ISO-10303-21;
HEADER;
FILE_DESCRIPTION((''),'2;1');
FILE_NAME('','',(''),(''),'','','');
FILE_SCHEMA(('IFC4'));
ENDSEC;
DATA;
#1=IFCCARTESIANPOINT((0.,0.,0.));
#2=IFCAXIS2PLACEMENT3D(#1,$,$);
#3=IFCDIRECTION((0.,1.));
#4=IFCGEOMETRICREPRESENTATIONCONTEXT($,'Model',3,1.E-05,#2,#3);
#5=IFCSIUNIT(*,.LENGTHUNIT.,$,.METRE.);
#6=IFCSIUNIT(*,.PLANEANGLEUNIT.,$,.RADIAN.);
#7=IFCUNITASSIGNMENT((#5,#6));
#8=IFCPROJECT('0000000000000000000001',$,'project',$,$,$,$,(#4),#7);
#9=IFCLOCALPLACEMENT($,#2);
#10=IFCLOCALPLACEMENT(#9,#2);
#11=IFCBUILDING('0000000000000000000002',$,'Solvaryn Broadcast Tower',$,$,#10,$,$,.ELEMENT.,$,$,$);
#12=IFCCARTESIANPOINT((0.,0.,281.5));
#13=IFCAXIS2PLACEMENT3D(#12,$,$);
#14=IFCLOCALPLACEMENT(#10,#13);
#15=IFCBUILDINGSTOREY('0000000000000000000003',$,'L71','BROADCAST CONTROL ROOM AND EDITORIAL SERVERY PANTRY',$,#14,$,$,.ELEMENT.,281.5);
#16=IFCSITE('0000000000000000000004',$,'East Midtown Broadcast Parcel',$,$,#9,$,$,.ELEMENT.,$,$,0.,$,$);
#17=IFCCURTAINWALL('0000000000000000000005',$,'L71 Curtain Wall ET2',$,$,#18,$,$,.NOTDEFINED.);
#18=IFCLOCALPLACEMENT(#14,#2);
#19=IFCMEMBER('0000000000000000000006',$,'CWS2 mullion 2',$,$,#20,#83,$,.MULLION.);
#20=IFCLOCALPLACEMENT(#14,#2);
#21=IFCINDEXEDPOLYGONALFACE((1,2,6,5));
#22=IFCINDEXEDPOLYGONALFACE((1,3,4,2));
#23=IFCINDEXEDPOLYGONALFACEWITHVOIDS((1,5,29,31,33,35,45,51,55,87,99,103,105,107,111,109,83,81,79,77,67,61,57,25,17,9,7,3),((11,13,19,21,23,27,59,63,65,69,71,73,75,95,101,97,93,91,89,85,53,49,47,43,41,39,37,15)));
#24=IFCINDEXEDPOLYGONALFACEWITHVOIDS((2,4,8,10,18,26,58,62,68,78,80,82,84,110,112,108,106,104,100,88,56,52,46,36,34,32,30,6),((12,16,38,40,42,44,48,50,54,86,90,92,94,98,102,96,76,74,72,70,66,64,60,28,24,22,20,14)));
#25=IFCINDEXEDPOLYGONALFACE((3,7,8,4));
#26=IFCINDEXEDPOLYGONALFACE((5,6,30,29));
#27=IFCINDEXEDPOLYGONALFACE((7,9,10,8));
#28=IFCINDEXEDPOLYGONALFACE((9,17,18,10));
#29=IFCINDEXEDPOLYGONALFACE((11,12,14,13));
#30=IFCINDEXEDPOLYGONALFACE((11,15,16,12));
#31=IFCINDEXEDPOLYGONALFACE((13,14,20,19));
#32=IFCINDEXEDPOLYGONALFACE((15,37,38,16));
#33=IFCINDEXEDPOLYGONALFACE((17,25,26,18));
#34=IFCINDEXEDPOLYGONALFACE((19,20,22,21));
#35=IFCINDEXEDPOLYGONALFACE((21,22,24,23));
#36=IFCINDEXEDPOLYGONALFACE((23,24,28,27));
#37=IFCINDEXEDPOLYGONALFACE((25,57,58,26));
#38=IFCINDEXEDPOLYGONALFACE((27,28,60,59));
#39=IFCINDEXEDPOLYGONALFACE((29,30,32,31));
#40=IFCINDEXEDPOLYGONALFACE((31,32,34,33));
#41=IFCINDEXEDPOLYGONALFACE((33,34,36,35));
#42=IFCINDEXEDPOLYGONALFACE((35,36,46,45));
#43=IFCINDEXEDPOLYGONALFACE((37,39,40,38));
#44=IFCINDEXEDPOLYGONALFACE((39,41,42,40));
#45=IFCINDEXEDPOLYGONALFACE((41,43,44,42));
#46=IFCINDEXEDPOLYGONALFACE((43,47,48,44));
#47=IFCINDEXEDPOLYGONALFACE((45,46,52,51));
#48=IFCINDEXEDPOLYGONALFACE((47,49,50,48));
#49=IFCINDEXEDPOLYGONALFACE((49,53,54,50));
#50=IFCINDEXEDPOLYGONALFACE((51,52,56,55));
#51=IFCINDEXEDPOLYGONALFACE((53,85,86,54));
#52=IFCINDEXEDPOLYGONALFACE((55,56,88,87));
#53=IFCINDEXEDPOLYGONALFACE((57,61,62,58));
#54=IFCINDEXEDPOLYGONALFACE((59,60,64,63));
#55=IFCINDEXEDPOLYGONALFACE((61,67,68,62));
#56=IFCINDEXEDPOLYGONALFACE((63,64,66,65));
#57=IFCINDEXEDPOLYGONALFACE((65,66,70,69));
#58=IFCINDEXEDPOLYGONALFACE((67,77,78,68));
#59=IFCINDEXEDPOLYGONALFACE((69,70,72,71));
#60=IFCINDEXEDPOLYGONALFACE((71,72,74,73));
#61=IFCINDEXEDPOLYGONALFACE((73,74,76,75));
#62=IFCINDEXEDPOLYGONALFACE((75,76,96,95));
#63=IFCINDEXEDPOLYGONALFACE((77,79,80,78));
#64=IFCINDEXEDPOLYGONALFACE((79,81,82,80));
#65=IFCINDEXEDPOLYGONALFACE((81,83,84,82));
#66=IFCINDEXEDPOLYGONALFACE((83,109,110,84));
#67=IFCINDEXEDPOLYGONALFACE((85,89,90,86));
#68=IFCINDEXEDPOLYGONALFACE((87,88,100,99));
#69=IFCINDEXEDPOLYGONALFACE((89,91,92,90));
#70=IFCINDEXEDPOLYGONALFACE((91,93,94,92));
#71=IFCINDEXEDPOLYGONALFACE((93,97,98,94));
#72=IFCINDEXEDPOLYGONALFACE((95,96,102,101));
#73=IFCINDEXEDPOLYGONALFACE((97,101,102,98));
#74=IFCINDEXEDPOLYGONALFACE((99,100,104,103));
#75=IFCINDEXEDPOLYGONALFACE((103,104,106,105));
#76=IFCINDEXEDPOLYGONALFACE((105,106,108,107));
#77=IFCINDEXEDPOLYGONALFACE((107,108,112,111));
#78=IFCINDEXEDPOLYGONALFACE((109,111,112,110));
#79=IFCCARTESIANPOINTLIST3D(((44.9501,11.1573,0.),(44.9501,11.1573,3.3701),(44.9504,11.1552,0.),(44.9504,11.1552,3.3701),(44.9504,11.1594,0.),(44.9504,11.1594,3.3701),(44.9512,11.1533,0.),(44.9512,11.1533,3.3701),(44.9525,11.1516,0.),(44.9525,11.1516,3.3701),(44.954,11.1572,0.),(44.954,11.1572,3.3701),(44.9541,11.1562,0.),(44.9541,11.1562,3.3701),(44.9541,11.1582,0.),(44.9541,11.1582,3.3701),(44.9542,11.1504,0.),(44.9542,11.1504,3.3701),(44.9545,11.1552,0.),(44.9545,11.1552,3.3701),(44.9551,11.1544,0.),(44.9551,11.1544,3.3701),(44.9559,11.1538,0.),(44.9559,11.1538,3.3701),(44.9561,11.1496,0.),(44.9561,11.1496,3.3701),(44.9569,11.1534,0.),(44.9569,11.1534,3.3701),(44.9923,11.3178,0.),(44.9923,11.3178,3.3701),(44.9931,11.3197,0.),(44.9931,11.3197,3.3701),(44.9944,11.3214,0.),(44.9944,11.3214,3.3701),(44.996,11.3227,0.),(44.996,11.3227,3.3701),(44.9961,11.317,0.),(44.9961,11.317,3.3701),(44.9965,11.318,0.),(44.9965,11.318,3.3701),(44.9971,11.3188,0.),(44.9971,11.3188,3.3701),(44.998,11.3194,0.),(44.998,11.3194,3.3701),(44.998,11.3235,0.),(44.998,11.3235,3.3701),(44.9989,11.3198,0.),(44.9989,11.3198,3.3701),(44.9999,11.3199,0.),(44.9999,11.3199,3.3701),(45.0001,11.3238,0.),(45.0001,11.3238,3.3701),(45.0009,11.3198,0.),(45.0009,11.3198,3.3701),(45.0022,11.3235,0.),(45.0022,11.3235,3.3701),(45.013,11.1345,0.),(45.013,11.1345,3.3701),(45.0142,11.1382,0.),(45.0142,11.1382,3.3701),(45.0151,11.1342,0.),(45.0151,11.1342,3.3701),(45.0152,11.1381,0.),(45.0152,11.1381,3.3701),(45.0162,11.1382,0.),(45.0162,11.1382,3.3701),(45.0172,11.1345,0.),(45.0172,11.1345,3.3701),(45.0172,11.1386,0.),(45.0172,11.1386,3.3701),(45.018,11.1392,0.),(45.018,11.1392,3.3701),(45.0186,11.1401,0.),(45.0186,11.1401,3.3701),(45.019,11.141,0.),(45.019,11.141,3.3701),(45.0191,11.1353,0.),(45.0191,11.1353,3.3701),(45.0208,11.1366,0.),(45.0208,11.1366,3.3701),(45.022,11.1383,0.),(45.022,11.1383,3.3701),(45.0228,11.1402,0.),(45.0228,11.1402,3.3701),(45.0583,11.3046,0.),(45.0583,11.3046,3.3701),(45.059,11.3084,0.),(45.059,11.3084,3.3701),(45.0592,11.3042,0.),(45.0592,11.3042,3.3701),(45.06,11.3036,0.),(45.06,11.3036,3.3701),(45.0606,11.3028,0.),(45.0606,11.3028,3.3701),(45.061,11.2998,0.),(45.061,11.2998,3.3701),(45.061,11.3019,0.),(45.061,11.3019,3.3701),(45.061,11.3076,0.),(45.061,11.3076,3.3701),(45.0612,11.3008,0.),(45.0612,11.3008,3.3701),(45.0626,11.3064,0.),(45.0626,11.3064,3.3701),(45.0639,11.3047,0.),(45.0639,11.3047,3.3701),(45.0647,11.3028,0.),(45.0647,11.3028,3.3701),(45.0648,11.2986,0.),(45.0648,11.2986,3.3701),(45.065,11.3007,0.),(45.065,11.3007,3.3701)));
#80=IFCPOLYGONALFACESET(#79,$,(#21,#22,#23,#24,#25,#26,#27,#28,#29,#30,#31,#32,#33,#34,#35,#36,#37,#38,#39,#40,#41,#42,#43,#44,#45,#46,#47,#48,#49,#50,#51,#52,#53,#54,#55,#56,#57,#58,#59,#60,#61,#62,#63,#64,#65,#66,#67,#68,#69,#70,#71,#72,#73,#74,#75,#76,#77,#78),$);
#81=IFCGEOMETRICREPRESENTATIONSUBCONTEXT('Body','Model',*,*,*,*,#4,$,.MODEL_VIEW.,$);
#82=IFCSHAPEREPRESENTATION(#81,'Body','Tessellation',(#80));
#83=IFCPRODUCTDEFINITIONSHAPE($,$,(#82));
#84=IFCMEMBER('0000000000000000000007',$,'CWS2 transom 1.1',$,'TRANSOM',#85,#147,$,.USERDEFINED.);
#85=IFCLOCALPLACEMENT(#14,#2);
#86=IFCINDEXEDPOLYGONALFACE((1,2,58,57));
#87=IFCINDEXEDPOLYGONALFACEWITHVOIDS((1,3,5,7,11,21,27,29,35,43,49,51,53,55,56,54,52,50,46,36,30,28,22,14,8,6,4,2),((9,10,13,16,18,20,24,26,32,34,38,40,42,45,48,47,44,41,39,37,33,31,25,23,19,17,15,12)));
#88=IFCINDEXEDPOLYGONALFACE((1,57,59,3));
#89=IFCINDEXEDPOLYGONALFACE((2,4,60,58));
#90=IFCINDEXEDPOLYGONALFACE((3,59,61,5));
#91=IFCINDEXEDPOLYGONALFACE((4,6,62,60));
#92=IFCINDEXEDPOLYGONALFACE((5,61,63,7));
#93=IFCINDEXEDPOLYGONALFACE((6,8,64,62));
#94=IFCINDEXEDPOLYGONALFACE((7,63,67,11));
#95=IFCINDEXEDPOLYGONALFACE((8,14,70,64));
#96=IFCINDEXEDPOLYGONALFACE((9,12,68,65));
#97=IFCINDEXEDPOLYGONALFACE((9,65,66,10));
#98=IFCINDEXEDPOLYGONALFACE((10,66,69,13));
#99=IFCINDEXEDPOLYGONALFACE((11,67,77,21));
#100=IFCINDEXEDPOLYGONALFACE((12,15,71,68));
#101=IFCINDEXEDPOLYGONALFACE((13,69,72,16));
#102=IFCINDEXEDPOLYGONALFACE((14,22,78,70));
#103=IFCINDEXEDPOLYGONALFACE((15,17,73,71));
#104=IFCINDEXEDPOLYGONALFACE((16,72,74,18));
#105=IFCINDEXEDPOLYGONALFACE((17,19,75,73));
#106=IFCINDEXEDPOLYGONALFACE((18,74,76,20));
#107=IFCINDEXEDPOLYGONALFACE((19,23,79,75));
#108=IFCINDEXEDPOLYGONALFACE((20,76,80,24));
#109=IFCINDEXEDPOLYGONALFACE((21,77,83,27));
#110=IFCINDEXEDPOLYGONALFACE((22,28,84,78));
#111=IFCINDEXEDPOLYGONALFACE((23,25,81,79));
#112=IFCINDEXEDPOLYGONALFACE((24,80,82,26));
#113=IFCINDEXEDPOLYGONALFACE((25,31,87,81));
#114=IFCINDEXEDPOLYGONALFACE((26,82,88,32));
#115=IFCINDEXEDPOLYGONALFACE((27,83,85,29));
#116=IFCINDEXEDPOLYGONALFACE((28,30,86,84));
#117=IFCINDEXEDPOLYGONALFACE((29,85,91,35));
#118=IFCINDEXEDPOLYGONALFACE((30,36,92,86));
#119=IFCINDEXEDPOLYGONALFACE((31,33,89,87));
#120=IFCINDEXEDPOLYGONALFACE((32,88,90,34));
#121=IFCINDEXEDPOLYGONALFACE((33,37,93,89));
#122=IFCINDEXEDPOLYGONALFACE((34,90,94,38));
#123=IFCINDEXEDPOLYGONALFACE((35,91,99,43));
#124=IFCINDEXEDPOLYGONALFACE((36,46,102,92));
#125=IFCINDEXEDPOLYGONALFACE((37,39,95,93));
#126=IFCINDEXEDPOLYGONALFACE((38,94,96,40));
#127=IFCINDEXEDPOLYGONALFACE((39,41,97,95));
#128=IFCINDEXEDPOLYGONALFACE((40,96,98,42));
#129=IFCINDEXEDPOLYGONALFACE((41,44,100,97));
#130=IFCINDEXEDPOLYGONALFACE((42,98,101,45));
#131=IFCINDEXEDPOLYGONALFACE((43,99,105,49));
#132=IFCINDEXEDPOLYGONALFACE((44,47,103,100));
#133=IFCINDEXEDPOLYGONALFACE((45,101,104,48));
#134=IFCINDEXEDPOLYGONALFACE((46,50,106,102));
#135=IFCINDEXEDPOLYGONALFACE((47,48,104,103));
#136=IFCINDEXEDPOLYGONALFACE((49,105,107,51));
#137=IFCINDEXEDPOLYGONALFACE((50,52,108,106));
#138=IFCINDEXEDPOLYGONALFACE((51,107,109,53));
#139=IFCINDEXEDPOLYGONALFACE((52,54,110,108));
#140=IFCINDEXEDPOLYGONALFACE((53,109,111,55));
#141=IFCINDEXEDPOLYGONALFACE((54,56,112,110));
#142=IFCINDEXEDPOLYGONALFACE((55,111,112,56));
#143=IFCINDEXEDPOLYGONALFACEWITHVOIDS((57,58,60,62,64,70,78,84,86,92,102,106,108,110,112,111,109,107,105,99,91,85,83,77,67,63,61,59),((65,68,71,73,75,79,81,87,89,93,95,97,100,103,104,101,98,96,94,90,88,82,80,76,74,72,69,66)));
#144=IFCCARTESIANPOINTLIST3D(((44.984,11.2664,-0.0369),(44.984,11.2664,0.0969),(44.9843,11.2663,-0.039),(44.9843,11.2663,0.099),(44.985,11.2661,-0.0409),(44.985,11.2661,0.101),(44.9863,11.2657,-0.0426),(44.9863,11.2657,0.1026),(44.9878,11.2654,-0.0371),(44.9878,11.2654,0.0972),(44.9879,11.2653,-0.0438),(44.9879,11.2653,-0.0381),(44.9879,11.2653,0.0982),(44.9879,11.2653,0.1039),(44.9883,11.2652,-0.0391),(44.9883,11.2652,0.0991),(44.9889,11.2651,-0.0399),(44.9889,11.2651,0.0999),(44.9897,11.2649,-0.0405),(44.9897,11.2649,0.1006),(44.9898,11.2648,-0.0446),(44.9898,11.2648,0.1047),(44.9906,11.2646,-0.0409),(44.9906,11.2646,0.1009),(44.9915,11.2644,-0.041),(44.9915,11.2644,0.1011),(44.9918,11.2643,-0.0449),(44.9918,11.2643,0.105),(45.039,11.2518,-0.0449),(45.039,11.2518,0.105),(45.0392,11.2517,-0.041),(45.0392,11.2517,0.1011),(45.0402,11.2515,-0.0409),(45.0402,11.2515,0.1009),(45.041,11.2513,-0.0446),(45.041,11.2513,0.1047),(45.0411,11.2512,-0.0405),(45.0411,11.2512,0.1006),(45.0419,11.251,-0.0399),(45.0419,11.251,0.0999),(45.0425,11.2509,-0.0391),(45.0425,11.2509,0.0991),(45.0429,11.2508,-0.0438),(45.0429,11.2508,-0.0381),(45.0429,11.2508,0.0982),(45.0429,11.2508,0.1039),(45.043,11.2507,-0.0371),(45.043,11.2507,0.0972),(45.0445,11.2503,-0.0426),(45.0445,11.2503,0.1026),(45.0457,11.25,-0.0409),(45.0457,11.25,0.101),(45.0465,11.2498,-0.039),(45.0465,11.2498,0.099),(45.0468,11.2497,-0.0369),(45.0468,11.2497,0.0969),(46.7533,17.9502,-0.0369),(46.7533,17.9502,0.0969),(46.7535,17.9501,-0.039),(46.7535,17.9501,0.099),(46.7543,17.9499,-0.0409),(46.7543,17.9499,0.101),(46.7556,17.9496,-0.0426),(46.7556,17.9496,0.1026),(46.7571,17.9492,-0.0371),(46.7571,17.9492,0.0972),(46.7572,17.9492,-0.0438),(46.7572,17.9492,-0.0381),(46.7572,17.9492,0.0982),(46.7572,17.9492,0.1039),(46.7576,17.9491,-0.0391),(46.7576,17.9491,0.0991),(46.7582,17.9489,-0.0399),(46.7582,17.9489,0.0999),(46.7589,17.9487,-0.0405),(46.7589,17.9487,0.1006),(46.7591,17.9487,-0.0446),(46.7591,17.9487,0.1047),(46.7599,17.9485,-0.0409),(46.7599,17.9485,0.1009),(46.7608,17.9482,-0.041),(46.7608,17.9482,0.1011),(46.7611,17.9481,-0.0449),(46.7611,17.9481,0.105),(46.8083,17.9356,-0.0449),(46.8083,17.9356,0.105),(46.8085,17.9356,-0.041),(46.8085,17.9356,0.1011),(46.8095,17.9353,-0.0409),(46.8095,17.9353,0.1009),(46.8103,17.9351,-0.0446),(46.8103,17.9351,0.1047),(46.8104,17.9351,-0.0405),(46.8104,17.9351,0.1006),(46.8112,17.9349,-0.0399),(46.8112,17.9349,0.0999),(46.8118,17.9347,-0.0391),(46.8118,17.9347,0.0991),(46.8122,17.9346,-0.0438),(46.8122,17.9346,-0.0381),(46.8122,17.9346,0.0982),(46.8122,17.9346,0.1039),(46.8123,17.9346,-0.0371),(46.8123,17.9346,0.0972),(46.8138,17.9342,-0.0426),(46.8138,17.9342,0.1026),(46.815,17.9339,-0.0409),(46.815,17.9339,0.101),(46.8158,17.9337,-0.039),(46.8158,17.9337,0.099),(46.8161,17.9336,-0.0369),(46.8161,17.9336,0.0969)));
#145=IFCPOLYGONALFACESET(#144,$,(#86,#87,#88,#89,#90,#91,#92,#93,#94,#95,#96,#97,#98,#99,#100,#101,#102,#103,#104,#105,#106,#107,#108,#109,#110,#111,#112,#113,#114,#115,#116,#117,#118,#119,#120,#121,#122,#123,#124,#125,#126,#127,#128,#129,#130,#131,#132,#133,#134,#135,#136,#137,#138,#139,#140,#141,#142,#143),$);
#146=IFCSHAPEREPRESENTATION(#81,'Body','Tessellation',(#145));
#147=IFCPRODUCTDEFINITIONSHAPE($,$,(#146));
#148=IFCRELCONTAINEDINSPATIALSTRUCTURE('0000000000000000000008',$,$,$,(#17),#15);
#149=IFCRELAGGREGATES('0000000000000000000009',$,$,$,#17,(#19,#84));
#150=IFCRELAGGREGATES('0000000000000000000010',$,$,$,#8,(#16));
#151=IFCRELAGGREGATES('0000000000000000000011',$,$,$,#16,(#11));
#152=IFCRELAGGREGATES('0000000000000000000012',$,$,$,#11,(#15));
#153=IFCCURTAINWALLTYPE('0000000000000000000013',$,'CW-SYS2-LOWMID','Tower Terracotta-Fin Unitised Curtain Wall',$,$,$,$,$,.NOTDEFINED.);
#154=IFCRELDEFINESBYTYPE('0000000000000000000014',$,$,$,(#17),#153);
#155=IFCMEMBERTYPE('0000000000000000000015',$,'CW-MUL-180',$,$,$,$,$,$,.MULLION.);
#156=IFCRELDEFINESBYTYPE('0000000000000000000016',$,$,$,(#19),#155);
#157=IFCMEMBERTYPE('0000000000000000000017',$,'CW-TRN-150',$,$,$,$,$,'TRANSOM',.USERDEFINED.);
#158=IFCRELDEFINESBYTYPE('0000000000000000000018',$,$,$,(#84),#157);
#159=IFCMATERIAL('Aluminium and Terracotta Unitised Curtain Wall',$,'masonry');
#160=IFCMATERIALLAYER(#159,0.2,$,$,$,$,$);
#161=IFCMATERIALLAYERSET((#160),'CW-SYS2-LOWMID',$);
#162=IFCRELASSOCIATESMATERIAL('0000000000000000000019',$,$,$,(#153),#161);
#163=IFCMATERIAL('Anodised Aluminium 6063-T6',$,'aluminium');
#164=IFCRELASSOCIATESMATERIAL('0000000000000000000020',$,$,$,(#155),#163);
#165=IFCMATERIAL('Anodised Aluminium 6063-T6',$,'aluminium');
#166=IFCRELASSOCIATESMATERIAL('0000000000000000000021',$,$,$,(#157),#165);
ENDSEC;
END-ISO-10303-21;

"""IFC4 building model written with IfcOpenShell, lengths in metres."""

from ifc_helpers import new_model, si_unit, direction, frame, origin, origin_2d, place, context, subcontext, project, spatial, hollow_rectangle, extrude, material, layer, layer_set, material_profile, profile_set, type_object, element, aggregate, save


model = new_model("IFC4")

# Units and contexts
model_context = context("Model", 3, precision=1e-05, world=origin(), true_north=direction((0.0, 1.0)))
body_context = subcontext(model_context, "Body", "Model", "MODEL_VIEW")
ifc_project = project(units=[si_unit("LENGTHUNIT", "METRE"), si_unit("PLANEANGLEUNIT", "RADIAN")], contexts=[model_context])

# Site, building, storey
site_placement = place(None, origin())
site = spatial("IfcSite", under=ifc_project, at=site_placement, Name="East Midtown Broadcast Parcel", CompositionType="ELEMENT", RefElevation=0.0)
building_placement = place(site_placement, origin())
building = spatial("IfcBuilding", under=site, at=building_placement, Name="Solvaryn Broadcast Tower", CompositionType="ELEMENT")
storey_placement = place(building_placement, frame((0.0, 0.0, 281.5)))
storey = spatial("IfcBuildingStorey", under=building, at=storey_placement, Name="L71", Description="BROADCAST CONTROL ROOM AND EDITORIAL SERVERY PANTRY", CompositionType="ELEMENT", Elevation=281.5)

# Shared definitions
ifc_material_1 = material(Name="Aluminium and Terracotta Unitised Curtain Wall", Category="masonry")
ifc_layer_1 = layer(ifc_material_1, 0.2)
ifc_layer_set_1 = layer_set([ifc_layer_1], Name="CW-SYS2-LOWMID")
curtain_wall_type = type_object("IfcCurtainWallType", Name="CW-SYS2-LOWMID", Description="Tower Terracotta-Fin Unitised Curtain Wall", PredefinedType="NOTDEFINED", material=ifc_layer_set_1)
ifc_material_2 = material(Name="Anodised Aluminium 6063-T6", Category="aluminium")
ifc_material_profile_1 = material_profile(ifc_material_2, hollow_rectangle(XDim=0.075, YDim=0.1799, WallThickness=0.0039, InnerFilletRadius=0.0039, OuterFilletRadius=0.0081, at=origin_2d()))
ifc_profile_set_1 = profile_set([ifc_material_profile_1], Name="Anodised Aluminium 6063-T6")
member_type_1 = type_object("IfcMemberType", Name="CW-MUL-180", PredefinedType="MULLION", material=ifc_profile_set_1)

# Curtain wall, members
curtain_wall_1_placement = place(storey_placement, origin())
curtain_wall_1 = element("IfcCurtainWall", 1, at=curtain_wall_1_placement, inside=storey, type_object=curtain_wall_type, Name="L71 Curtain Wall ET2", PredefinedType="NOTDEFINED")
member_1_placement = place(storey_placement, frame((45.0076, 11.229, 0.0), z_axis=(0.0, 0.0, 1.0), x_axis=(0.966705, -0.255893, 0.0)))
member_1 = element("IfcMember", 2, at=member_1_placement, type_object=member_type_1, Name="CWS2 mullion 2", PredefinedType="MULLION", context=body_context, shape_type="SweptSolid", body=[
    extrude(hollow_rectangle(XDim=0.075, YDim=0.1799, WallThickness=0.0039, InnerFilletRadius=0.0039, OuterFilletRadius=0.0081, at=origin_2d()), origin(), (0.0, 0.0, 1.0), 3.3701),
])
ifc_material_3 = material(Name="Anodised Aluminium 6063-T6", Category="aluminium")
ifc_material_profile_2 = material_profile(ifc_material_3, hollow_rectangle(XDim=0.0649, YDim=0.1499, WallThickness=0.0039, InnerFilletRadius=0.0039, OuterFilletRadius=0.0081, at=origin_2d()))
ifc_profile_set_2 = profile_set([ifc_material_profile_2], Name="Anodised Aluminium 6063-T6")
member_type_2 = type_object("IfcMemberType", Name="CW-TRN-150", ElementType="TRANSOM", PredefinedType="USERDEFINED", material=ifc_profile_set_2)
member_2_placement = place(storey_placement, frame((46.7847, 17.9419, 0.03), z_axis=(-0.255897, -0.966704, 0.0), x_axis=(0.966704, -0.255897, 0.0)))
member_2 = element("IfcMember", 3, at=member_2_placement, type_object=member_type_2, Name="CWS2 transom 1.1", ObjectType="TRANSOM", PredefinedType="USERDEFINED", context=body_context, shape_type="SweptSolid", body=[
    extrude(hollow_rectangle(XDim=0.0649, YDim=0.1499, WallThickness=0.0039, InnerFilletRadius=0.0039, OuterFilletRadius=0.0081, at=origin_2d()), origin(), (0.0, 0.0, 1.0), 6.9141),
])

aggregate(curtain_wall_1, [member_1, member_2])

save(model, "model.ifc")
